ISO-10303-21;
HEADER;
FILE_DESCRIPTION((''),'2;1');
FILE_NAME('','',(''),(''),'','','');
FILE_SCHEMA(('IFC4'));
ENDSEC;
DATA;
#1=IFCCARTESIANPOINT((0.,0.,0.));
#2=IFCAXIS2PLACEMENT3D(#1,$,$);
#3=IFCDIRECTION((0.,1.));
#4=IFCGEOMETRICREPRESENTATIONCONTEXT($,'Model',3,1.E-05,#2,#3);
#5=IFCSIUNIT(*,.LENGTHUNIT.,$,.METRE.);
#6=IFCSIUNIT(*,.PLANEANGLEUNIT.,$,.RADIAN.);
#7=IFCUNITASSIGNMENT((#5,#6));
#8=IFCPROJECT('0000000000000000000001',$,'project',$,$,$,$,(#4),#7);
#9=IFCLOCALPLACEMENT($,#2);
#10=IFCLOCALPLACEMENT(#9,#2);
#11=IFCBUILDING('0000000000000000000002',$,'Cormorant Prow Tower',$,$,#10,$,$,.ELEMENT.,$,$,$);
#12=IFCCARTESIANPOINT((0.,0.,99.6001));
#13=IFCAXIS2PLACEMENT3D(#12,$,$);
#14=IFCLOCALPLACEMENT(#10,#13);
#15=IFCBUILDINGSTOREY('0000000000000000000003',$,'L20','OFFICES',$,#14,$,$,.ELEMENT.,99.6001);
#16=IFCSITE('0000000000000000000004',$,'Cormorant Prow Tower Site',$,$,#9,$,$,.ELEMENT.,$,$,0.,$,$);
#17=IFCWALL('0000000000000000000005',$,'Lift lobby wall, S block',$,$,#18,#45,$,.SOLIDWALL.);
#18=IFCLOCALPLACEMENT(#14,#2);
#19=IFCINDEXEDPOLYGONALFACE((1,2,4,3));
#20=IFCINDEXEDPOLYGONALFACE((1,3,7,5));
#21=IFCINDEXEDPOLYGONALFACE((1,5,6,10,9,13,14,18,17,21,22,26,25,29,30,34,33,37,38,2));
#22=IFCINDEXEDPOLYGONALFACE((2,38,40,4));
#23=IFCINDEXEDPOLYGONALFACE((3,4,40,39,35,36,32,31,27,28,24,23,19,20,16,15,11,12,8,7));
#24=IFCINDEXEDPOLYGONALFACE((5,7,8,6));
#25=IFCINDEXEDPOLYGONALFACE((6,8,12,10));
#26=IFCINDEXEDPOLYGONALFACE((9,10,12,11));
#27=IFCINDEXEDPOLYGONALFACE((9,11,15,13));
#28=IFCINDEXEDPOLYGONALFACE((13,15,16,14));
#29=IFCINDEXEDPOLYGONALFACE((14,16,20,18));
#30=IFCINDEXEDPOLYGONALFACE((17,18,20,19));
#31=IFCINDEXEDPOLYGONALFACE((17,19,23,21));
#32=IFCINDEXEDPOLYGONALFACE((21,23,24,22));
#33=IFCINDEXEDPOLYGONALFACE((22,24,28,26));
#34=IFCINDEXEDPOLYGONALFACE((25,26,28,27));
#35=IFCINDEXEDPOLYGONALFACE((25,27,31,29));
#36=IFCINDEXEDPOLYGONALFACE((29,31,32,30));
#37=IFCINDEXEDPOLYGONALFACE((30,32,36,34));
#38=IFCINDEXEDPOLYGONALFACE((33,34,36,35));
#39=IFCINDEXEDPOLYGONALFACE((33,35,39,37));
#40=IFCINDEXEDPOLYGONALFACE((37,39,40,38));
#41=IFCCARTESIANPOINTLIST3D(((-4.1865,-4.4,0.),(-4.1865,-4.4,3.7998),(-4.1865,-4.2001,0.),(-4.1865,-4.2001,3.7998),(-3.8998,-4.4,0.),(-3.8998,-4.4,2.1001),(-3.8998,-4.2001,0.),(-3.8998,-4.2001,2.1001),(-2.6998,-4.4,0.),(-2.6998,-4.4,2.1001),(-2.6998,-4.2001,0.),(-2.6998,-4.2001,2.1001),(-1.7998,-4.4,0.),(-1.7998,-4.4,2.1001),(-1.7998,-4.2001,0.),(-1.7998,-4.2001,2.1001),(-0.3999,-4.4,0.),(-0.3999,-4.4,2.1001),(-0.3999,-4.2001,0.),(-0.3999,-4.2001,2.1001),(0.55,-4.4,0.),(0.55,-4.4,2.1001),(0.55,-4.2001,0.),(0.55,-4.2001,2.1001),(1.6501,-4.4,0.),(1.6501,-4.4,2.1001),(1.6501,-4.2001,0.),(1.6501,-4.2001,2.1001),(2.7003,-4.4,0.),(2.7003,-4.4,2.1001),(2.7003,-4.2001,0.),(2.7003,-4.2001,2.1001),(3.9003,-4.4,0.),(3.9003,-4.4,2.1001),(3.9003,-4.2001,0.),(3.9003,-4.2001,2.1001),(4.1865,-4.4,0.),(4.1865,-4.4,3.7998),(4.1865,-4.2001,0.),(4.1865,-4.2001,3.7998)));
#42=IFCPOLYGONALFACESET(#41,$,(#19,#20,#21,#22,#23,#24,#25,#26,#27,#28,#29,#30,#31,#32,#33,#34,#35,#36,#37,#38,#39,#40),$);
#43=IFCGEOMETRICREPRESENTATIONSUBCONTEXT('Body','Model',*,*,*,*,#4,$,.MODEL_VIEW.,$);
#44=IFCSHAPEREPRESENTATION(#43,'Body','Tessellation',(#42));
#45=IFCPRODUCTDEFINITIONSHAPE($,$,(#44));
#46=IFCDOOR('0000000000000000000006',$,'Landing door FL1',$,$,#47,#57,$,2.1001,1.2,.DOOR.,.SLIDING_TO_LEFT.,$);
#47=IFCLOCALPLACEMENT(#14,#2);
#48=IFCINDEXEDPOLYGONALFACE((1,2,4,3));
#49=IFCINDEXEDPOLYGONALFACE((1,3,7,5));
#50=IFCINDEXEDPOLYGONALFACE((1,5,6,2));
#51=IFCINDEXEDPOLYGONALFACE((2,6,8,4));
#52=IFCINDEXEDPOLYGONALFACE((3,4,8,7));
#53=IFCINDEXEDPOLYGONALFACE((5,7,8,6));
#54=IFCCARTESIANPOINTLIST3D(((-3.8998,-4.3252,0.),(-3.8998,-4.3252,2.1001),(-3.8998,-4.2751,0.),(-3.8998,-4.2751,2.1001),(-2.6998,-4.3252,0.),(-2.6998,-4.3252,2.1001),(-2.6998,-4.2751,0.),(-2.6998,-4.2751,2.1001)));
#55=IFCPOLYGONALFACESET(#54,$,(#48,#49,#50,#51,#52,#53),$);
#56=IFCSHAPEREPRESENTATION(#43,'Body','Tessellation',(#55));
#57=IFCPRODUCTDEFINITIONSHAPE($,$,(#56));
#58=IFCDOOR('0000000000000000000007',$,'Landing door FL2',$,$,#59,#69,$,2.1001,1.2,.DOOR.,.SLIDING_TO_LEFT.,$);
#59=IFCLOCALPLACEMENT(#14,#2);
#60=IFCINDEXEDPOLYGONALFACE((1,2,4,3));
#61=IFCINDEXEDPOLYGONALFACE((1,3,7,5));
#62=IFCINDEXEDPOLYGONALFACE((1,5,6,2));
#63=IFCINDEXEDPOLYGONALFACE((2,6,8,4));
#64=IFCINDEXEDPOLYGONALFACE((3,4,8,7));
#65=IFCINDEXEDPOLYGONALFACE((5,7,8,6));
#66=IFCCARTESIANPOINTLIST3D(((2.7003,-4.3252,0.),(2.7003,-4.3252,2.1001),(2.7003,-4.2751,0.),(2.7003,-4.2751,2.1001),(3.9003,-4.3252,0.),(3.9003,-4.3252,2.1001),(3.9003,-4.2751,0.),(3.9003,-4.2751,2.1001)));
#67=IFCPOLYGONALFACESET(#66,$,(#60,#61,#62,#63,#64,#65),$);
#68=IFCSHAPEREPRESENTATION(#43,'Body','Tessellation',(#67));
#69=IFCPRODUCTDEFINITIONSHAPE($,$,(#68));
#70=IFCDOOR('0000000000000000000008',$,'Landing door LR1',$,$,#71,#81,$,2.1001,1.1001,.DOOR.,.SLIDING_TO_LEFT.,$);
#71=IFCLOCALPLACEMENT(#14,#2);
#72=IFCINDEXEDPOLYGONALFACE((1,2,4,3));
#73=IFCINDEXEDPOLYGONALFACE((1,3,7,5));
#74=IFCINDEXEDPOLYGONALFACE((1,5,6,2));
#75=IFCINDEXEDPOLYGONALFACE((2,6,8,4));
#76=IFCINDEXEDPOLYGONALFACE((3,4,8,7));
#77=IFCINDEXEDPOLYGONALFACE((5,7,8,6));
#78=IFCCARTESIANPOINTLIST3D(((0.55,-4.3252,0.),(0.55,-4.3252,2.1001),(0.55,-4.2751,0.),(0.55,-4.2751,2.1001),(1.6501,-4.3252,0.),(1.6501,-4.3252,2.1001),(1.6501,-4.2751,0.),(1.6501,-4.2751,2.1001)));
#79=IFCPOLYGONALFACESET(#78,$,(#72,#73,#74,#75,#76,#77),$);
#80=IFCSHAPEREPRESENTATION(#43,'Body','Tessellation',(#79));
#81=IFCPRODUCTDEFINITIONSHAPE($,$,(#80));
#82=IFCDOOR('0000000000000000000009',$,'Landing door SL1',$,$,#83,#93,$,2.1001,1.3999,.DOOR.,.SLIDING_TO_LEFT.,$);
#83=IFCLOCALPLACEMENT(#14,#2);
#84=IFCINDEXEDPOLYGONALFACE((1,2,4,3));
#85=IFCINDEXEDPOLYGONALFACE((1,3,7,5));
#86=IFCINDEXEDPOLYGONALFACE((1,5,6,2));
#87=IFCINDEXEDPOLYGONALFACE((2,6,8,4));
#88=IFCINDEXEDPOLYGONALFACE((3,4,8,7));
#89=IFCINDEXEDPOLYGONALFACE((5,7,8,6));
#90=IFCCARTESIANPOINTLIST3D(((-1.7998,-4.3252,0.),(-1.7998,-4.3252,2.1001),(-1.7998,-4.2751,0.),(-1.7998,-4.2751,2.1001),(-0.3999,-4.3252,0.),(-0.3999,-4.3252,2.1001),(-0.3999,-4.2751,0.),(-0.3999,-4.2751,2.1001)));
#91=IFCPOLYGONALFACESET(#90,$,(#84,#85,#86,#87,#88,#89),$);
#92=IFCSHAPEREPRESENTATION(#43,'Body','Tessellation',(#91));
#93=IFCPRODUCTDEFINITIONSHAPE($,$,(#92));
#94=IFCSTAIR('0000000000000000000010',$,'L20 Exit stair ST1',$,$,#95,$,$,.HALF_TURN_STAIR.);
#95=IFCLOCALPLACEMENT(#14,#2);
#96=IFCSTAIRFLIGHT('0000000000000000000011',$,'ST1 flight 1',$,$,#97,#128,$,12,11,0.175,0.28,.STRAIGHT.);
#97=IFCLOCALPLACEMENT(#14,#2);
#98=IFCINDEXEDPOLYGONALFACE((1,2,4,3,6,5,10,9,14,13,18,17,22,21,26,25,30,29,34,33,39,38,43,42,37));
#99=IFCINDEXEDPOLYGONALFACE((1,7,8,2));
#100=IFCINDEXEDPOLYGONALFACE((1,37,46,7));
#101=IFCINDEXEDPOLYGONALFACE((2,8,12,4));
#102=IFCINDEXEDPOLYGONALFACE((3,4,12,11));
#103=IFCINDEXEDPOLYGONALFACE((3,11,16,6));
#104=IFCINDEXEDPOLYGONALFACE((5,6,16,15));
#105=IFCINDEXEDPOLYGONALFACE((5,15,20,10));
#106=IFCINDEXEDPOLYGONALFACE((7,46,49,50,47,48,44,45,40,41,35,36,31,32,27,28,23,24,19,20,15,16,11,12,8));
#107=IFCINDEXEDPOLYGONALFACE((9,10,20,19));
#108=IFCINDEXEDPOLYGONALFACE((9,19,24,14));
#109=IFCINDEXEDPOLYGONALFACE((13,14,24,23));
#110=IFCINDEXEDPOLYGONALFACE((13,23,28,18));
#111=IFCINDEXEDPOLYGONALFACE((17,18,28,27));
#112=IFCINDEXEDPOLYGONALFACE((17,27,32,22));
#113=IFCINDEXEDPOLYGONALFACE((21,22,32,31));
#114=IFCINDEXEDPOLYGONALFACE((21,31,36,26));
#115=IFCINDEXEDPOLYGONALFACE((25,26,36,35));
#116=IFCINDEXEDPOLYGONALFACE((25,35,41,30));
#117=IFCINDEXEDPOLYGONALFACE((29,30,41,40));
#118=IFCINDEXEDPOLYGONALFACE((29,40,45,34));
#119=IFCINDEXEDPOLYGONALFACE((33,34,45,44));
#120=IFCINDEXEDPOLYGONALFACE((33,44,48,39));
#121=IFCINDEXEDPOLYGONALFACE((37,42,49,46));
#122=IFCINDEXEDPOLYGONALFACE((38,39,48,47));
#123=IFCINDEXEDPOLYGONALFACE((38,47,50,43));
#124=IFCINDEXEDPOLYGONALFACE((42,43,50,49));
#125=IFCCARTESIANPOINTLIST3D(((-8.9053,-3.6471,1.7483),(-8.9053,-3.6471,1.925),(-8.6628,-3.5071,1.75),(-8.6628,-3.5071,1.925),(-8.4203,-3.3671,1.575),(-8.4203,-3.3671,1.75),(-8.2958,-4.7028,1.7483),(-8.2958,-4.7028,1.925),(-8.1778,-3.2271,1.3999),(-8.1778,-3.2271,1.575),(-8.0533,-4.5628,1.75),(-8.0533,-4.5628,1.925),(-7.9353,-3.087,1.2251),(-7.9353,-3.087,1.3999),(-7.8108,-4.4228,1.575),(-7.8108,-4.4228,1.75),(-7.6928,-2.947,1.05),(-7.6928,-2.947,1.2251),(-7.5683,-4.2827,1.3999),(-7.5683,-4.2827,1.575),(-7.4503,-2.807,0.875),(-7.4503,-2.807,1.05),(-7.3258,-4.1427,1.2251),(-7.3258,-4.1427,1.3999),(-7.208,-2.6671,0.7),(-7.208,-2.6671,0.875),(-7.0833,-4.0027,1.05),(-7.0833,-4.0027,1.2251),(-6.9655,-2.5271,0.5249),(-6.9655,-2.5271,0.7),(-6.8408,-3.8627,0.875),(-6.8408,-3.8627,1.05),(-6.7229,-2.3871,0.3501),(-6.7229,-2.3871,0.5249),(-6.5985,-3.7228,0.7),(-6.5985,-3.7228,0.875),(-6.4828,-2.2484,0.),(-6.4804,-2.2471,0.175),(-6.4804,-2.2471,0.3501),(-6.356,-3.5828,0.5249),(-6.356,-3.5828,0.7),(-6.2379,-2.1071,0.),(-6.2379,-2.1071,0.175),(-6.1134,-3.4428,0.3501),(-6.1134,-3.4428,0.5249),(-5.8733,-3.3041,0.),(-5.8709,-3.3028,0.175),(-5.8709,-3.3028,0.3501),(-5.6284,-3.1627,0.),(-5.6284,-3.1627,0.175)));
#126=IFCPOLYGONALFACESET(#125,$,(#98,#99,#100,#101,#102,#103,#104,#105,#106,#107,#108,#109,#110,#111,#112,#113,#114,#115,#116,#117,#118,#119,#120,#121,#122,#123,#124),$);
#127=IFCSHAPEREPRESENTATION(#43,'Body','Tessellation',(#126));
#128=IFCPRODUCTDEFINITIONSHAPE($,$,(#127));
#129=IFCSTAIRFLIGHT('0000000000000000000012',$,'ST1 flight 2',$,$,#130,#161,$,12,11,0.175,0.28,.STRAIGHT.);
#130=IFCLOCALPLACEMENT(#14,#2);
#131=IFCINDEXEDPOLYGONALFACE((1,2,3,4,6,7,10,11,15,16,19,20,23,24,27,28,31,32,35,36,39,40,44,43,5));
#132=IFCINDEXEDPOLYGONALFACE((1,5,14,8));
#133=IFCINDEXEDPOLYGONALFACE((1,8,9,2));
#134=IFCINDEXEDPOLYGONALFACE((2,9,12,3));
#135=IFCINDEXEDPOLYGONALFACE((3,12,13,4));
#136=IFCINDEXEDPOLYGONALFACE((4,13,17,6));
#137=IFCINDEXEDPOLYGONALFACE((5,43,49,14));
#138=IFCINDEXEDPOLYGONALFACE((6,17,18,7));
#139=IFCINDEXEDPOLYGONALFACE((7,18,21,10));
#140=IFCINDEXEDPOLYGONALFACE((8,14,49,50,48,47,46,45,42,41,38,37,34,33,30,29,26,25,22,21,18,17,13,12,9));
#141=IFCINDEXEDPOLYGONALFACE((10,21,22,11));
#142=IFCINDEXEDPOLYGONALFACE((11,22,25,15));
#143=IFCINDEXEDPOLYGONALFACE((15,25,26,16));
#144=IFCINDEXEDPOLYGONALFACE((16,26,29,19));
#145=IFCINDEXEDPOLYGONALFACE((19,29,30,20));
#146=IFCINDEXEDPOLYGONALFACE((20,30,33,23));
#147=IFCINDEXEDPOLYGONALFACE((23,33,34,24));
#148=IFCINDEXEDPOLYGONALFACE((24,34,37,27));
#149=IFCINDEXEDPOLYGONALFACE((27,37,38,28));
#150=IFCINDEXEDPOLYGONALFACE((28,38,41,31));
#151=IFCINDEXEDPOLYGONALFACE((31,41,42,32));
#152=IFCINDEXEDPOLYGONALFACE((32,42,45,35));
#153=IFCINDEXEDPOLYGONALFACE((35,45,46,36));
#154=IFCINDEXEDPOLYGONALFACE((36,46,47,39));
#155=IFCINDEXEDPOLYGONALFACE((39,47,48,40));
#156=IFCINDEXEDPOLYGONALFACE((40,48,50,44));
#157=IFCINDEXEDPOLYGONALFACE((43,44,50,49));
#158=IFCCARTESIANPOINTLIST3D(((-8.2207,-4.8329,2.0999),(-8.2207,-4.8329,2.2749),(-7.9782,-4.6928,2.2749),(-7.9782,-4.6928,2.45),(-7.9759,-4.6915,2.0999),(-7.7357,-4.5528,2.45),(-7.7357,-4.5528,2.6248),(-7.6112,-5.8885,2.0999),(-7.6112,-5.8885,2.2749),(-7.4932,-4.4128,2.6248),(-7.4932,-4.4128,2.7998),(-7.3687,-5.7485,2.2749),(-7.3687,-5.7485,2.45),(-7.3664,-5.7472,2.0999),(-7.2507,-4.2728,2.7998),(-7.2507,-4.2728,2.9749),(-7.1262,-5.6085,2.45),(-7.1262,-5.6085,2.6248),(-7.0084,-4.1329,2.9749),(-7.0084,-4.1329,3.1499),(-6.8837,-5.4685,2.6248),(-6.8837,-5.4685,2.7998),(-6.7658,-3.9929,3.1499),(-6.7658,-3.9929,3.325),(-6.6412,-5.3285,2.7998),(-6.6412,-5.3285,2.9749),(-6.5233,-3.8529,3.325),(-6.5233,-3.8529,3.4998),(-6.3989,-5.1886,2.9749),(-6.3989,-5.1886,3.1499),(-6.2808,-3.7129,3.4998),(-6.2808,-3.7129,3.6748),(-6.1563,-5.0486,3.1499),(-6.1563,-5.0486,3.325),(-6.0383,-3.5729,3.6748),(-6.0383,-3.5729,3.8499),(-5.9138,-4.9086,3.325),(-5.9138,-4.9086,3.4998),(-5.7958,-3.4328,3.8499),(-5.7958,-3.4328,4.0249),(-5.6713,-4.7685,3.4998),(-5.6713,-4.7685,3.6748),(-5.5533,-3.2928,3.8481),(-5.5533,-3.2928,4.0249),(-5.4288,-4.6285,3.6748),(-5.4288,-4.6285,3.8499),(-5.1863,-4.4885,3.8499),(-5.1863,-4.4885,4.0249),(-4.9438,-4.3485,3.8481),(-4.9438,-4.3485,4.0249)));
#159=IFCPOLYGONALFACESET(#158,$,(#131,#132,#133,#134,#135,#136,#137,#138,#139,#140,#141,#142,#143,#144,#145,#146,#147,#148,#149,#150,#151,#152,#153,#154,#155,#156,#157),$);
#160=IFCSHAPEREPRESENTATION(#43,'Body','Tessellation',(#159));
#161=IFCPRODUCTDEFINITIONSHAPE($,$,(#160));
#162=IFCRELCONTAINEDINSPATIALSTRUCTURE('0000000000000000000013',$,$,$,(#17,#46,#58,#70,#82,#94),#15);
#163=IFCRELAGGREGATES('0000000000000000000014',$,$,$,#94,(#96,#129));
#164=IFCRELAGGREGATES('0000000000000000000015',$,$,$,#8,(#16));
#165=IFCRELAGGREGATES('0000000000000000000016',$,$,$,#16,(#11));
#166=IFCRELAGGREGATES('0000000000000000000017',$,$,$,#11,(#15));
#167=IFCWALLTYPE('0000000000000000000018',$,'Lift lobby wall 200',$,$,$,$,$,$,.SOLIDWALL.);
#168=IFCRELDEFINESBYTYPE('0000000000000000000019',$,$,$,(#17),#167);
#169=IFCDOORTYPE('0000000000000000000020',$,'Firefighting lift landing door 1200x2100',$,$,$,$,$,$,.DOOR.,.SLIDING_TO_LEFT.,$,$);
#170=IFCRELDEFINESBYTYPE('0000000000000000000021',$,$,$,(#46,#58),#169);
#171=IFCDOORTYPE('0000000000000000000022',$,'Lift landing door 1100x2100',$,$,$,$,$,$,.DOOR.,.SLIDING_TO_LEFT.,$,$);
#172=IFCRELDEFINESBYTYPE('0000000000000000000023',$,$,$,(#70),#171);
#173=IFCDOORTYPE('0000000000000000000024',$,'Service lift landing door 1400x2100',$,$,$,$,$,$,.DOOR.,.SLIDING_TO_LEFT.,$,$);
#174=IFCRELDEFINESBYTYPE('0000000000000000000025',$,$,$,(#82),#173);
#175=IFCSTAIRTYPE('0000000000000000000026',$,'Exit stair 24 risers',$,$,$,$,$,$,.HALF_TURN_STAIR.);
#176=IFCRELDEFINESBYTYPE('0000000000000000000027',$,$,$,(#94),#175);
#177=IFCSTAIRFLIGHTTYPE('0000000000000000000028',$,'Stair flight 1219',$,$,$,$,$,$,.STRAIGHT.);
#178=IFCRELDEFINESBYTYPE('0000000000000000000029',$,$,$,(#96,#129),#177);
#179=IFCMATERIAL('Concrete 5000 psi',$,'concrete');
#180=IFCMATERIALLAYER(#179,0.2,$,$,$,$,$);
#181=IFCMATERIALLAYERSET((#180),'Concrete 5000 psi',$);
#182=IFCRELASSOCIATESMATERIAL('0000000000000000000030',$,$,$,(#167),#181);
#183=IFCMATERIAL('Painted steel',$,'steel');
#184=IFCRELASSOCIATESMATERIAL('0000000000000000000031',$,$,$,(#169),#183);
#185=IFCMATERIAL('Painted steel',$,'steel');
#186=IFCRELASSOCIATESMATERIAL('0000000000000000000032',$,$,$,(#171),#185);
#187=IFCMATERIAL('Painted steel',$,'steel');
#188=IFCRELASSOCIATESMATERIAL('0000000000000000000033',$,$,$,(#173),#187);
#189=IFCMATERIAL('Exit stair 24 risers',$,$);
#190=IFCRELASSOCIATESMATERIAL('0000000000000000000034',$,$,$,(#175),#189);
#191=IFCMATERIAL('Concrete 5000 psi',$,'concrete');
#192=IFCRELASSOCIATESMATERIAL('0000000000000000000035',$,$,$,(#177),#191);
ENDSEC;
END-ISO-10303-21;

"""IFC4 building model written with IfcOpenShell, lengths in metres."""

from ifc_helpers import new_model, si_unit, direction, frame, frame_2d, origin, place, context, subcontext, project, spatial, polyline, rectangle, outline, extrude, material, layer, layer_set, type_object, element, fill, aggregate, save


model = new_model("IFC4")

# Units and contexts
model_context = context("Model", 3, precision=1e-05, world=origin(), true_north=direction((0.0, 1.0)))
body_context = subcontext(model_context, "Body", "Model", "MODEL_VIEW")
ifc_project = project(units=[si_unit("LENGTHUNIT", "METRE"), si_unit("PLANEANGLEUNIT", "RADIAN")], contexts=[model_context])

# Site, building, storey
site_placement = place(None, origin())
site = spatial("IfcSite", under=ifc_project, at=site_placement, Name="Cormorant Prow Tower Site", CompositionType="ELEMENT", RefElevation=0.0)
building_placement = place(site_placement, origin())
building = spatial("IfcBuilding", under=site, at=building_placement, Name="Cormorant Prow Tower", CompositionType="ELEMENT")
storey_placement = place(building_placement, frame((0.0, 0.0, 99.6001)))
storey = spatial("IfcBuildingStorey", under=building, at=storey_placement, Name="L20", Description="OFFICES", CompositionType="ELEMENT", Elevation=99.6001)

# Wall, openings, doors
ifc_material_1 = material(Name="Concrete 5000 psi", Category="concrete")
ifc_layer_1 = layer(ifc_material_1, 0.2)
ifc_layer_set_1 = layer_set([ifc_layer_1], Name="Concrete 5000 psi")
wall_type_1 = type_object("IfcWallType", Name="Lift lobby wall 200", PredefinedType="SOLIDWALL", material=ifc_layer_set_1)
wall_1_placement = place(storey_placement, frame((-4.1865, -4.3, 0.0), z_axis=(0.0, 0.0, 1.0), x_axis=(1.0, 0.0, 0.0)))
wall_1 = element("IfcWall", 1, at=wall_1_placement, inside=storey, type_object=wall_type_1, Name="Lift lobby wall, S block", PredefinedType="SOLIDWALL", context=body_context, shape_type="SweptSolid", body=[
    extrude(rectangle(XDim=8.373, YDim=0.2, at=frame_2d((4.1865, 0.0))), origin(), (0.0, 0.0, 1.0), 3.7998),
])
opening_1_placement = place(wall_1_placement, frame((0.2866, 0.0, 0.0)))
opening_1 = element("IfcOpeningElement", 2, at=opening_1_placement, cuts=wall_1, PredefinedType="OPENING", context=body_context, shape_type="SweptSolid", body=[
    extrude(rectangle(XDim=1.2, YDim=2.1001, at=frame_2d((0.6001, 1.05))), frame((0.0, 0.1099, 0.0), z_axis=(0.0, -1.0, 0.0), x_axis=(1.0, 0.0, 0.0)), (0.0, 0.0, 1.0), 0.22),
])
opening_2_placement = place(wall_1_placement, frame((2.3867, 0.0, 0.0)))
opening_2 = element("IfcOpeningElement", 3, at=opening_2_placement, cuts=wall_1, PredefinedType="OPENING", context=body_context, shape_type="SweptSolid", body=[
    extrude(rectangle(XDim=1.3999, YDim=2.1001, at=frame_2d((0.7, 1.05))), frame((0.0, 0.1099, 0.0), z_axis=(0.0, -1.0, 0.0), x_axis=(1.0, 0.0, 0.0)), (0.0, 0.0, 1.0), 0.22),
])
opening_3_placement = place(wall_1_placement, frame((4.7366, 0.0, 0.0)))
opening_3 = element("IfcOpeningElement", 4, at=opening_3_placement, cuts=wall_1, PredefinedType="OPENING", context=body_context, shape_type="SweptSolid", body=[
    extrude(rectangle(XDim=1.1001, YDim=2.1001, at=frame_2d((0.55, 1.05))), frame((0.0, 0.1099, 0.0), z_axis=(0.0, -1.0, 0.0), x_axis=(1.0, 0.0, 0.0)), (0.0, 0.0, 1.0), 0.22),
])
opening_4_placement = place(wall_1_placement, frame((6.8867, 0.0, 0.0)))
opening_4 = element("IfcOpeningElement", 5, at=opening_4_placement, cuts=wall_1, PredefinedType="OPENING", context=body_context, shape_type="SweptSolid", body=[
    extrude(rectangle(XDim=1.2, YDim=2.1001, at=frame_2d((0.6001, 1.05))), frame((0.0, 0.1099, 0.0), z_axis=(0.0, -1.0, 0.0), x_axis=(1.0, 0.0, 0.0)), (0.0, 0.0, 1.0), 0.22),
])
ifc_material_2 = material(Name="Painted steel", Category="steel")
door_type_1 = type_object("IfcDoorType", Name="Firefighting lift landing door 1200x2100", OperationType="SLIDING_TO_LEFT", PredefinedType="DOOR", material=ifc_material_2)
door_1_placement = place(opening_1_placement, origin())
door_1 = element("IfcDoor", 6, at=door_1_placement, inside=storey, type_object=door_type_1, Name="Landing door FL1", OperationType="SLIDING_TO_LEFT", OverallHeight=2.1001, OverallWidth=1.2, PredefinedType="DOOR", context=body_context, shape_type="SweptSolid", body=[
    extrude(rectangle(XDim=1.2, YDim=2.1001, at=frame_2d((0.6001, 1.05))), frame((0.0, 0.0249, 0.0), z_axis=(0.0, -1.0, 0.0), x_axis=(1.0, 0.0, 0.0)), (0.0, 0.0, 1.0), 0.05),
])
fill(opening_1, door_1)
door_2_placement = place(opening_4_placement, origin())
door_2 = element("IfcDoor", 7, at=door_2_placement, inside=storey, type_object=door_type_1, Name="Landing door FL2", OperationType="SLIDING_TO_LEFT", OverallHeight=2.1001, OverallWidth=1.2, PredefinedType="DOOR", context=body_context, shape_type="SweptSolid", body=[
    extrude(rectangle(XDim=1.2, YDim=2.1001, at=frame_2d((0.6001, 1.05))), frame((0.0, 0.0249, 0.0), z_axis=(0.0, -1.0, 0.0), x_axis=(1.0, 0.0, 0.0)), (0.0, 0.0, 1.0), 0.05),
])
fill(opening_4, door_2)
ifc_material_3 = material(Name="Painted steel", Category="steel")
door_type_2 = type_object("IfcDoorType", Name="Lift landing door 1100x2100", OperationType="SLIDING_TO_LEFT", PredefinedType="DOOR", material=ifc_material_3)
door_3_placement = place(opening_3_placement, origin())
door_3 = element("IfcDoor", 8, at=door_3_placement, inside=storey, type_object=door_type_2, Name="Landing door LR1", OperationType="SLIDING_TO_LEFT", OverallHeight=2.1001, OverallWidth=1.1001, PredefinedType="DOOR", context=body_context, shape_type="SweptSolid", body=[
    extrude(rectangle(XDim=1.1001, YDim=2.1001, at=frame_2d((0.55, 1.05))), frame((0.0, 0.0249, 0.0), z_axis=(0.0, -1.0, 0.0), x_axis=(1.0, 0.0, 0.0)), (0.0, 0.0, 1.0), 0.05),
])
fill(opening_3, door_3)
ifc_material_4 = material(Name="Painted steel", Category="steel")
door_type_3 = type_object("IfcDoorType", Name="Service lift landing door 1400x2100", OperationType="SLIDING_TO_LEFT", PredefinedType="DOOR", material=ifc_material_4)
door_4_placement = place(opening_2_placement, origin())
door_4 = element("IfcDoor", 9, at=door_4_placement, inside=storey, type_object=door_type_3, Name="Landing door SL1", OperationType="SLIDING_TO_LEFT", OverallHeight=2.1001, OverallWidth=1.3999, PredefinedType="DOOR", context=body_context, shape_type="SweptSolid", body=[
    extrude(rectangle(XDim=1.3999, YDim=2.1001, at=frame_2d((0.7, 1.05))), frame((0.0, 0.0249, 0.0), z_axis=(0.0, -1.0, 0.0), x_axis=(1.0, 0.0, 0.0)), (0.0, 0.0, 1.0), 0.05),
])
fill(opening_2, door_4)

# Stair, stair flights
ifc_material_5 = material(Name="Exit stair 24 risers")
stair_type = type_object("IfcStairType", Name="Exit stair 24 risers", PredefinedType="HALF_TURN_STAIR", material=ifc_material_5)
stair_placement = place(storey_placement, origin())
stair = element("IfcStair", 10, at=stair_placement, inside=storey, type_object=stair_type, Name="L20 Exit stair ST1", PredefinedType="HALF_TURN_STAIR")
ifc_material_6 = material(Name="Concrete 5000 psi", Category="concrete")
stair_flight_type = type_object("IfcStairFlightType", Name="Stair flight 1219", PredefinedType="STRAIGHT", material=ifc_material_6)
stair_flight_1_placement = place(storey_placement, frame((-5.9331, -2.635, 0.0), z_axis=(0.0, 0.0, 1.0), x_axis=(-0.866025, -0.5, 0.0)))
stair_flight_1 = element("IfcStairFlight", 11, at=stair_flight_1_placement, type_object=stair_flight_type, Name="ST1 flight 1", NumberOfRisers=12, NumberOfTreads=11, PredefinedType="STRAIGHT", RiserHeight=0.175, TreadLength=0.28, context=body_context, shape_type="SweptSolid", body=[
    extrude(outline(polyline([(0.0, 0.0), (0.0, 0.175), (0.28, 0.175), (0.28, 0.3501), (0.5601, 0.3501), (0.5601, 0.5249), (0.8401, 0.5249), (0.8401, 0.7), (1.1201, 0.7), (1.1201, 0.875), (1.3999, 0.875), (1.3999, 1.05), (1.6799, 1.05), (1.6799, 1.2251), (1.96, 1.2251), (1.96, 1.3999), (2.24, 1.3999), (2.24, 1.575), (2.52, 1.575), (2.52, 1.75), (2.8, 1.75), (2.8, 1.925), (3.0801, 1.925), (3.0801, 2.1001), (3.0801, 1.7483), (0.2827, 0.0), (0.0, 0.0)])), frame((0.0, 0.6094, 0.0), z_axis=(0.0, -1.0, 0.0), x_axis=(1.0, 0.0, 0.0)), (0.0, 0.0, 1.0), 1.219),
])
stair_flight_2_placement = place(storey_placement, frame((-7.916, -5.3606, 2.0999), z_axis=(0.0, 0.0, 1.0), x_axis=(0.866025, 0.5, 0.0)))
stair_flight_2 = element("IfcStairFlight", 12, at=stair_flight_2_placement, type_object=stair_flight_type, Name="ST1 flight 2", NumberOfRisers=12, NumberOfTreads=11, PredefinedType="STRAIGHT", RiserHeight=0.175, TreadLength=0.28, context=body_context, shape_type="SweptSolid", body=[
    extrude(outline(polyline([(0.0, 0.0), (0.0, 0.175), (0.28, 0.175), (0.28, 0.3501), (0.5601, 0.3501), (0.5601, 0.5249), (0.8401, 0.5249), (0.8401, 0.7), (1.1201, 0.7), (1.1201, 0.875), (1.3999, 0.875), (1.3999, 1.05), (1.6799, 1.05), (1.6799, 1.2251), (1.96, 1.2251), (1.96, 1.3999), (2.24, 1.3999), (2.24, 1.575), (2.52, 1.575), (2.52, 1.75), (2.8, 1.75), (2.8, 1.925), (3.0801, 1.925), (3.0801, 2.1001), (3.0801, 1.7483), (0.2827, 0.0), (0.0, 0.0)])), frame((0.0, 0.6094, 0.0), z_axis=(0.0, -1.0, 0.0), x_axis=(1.0, 0.0, 0.0)), (0.0, 0.0, 1.0), 1.219),
])
aggregate(stair, [stair_flight_1, stair_flight_2])

save(model, "model.ifc")
